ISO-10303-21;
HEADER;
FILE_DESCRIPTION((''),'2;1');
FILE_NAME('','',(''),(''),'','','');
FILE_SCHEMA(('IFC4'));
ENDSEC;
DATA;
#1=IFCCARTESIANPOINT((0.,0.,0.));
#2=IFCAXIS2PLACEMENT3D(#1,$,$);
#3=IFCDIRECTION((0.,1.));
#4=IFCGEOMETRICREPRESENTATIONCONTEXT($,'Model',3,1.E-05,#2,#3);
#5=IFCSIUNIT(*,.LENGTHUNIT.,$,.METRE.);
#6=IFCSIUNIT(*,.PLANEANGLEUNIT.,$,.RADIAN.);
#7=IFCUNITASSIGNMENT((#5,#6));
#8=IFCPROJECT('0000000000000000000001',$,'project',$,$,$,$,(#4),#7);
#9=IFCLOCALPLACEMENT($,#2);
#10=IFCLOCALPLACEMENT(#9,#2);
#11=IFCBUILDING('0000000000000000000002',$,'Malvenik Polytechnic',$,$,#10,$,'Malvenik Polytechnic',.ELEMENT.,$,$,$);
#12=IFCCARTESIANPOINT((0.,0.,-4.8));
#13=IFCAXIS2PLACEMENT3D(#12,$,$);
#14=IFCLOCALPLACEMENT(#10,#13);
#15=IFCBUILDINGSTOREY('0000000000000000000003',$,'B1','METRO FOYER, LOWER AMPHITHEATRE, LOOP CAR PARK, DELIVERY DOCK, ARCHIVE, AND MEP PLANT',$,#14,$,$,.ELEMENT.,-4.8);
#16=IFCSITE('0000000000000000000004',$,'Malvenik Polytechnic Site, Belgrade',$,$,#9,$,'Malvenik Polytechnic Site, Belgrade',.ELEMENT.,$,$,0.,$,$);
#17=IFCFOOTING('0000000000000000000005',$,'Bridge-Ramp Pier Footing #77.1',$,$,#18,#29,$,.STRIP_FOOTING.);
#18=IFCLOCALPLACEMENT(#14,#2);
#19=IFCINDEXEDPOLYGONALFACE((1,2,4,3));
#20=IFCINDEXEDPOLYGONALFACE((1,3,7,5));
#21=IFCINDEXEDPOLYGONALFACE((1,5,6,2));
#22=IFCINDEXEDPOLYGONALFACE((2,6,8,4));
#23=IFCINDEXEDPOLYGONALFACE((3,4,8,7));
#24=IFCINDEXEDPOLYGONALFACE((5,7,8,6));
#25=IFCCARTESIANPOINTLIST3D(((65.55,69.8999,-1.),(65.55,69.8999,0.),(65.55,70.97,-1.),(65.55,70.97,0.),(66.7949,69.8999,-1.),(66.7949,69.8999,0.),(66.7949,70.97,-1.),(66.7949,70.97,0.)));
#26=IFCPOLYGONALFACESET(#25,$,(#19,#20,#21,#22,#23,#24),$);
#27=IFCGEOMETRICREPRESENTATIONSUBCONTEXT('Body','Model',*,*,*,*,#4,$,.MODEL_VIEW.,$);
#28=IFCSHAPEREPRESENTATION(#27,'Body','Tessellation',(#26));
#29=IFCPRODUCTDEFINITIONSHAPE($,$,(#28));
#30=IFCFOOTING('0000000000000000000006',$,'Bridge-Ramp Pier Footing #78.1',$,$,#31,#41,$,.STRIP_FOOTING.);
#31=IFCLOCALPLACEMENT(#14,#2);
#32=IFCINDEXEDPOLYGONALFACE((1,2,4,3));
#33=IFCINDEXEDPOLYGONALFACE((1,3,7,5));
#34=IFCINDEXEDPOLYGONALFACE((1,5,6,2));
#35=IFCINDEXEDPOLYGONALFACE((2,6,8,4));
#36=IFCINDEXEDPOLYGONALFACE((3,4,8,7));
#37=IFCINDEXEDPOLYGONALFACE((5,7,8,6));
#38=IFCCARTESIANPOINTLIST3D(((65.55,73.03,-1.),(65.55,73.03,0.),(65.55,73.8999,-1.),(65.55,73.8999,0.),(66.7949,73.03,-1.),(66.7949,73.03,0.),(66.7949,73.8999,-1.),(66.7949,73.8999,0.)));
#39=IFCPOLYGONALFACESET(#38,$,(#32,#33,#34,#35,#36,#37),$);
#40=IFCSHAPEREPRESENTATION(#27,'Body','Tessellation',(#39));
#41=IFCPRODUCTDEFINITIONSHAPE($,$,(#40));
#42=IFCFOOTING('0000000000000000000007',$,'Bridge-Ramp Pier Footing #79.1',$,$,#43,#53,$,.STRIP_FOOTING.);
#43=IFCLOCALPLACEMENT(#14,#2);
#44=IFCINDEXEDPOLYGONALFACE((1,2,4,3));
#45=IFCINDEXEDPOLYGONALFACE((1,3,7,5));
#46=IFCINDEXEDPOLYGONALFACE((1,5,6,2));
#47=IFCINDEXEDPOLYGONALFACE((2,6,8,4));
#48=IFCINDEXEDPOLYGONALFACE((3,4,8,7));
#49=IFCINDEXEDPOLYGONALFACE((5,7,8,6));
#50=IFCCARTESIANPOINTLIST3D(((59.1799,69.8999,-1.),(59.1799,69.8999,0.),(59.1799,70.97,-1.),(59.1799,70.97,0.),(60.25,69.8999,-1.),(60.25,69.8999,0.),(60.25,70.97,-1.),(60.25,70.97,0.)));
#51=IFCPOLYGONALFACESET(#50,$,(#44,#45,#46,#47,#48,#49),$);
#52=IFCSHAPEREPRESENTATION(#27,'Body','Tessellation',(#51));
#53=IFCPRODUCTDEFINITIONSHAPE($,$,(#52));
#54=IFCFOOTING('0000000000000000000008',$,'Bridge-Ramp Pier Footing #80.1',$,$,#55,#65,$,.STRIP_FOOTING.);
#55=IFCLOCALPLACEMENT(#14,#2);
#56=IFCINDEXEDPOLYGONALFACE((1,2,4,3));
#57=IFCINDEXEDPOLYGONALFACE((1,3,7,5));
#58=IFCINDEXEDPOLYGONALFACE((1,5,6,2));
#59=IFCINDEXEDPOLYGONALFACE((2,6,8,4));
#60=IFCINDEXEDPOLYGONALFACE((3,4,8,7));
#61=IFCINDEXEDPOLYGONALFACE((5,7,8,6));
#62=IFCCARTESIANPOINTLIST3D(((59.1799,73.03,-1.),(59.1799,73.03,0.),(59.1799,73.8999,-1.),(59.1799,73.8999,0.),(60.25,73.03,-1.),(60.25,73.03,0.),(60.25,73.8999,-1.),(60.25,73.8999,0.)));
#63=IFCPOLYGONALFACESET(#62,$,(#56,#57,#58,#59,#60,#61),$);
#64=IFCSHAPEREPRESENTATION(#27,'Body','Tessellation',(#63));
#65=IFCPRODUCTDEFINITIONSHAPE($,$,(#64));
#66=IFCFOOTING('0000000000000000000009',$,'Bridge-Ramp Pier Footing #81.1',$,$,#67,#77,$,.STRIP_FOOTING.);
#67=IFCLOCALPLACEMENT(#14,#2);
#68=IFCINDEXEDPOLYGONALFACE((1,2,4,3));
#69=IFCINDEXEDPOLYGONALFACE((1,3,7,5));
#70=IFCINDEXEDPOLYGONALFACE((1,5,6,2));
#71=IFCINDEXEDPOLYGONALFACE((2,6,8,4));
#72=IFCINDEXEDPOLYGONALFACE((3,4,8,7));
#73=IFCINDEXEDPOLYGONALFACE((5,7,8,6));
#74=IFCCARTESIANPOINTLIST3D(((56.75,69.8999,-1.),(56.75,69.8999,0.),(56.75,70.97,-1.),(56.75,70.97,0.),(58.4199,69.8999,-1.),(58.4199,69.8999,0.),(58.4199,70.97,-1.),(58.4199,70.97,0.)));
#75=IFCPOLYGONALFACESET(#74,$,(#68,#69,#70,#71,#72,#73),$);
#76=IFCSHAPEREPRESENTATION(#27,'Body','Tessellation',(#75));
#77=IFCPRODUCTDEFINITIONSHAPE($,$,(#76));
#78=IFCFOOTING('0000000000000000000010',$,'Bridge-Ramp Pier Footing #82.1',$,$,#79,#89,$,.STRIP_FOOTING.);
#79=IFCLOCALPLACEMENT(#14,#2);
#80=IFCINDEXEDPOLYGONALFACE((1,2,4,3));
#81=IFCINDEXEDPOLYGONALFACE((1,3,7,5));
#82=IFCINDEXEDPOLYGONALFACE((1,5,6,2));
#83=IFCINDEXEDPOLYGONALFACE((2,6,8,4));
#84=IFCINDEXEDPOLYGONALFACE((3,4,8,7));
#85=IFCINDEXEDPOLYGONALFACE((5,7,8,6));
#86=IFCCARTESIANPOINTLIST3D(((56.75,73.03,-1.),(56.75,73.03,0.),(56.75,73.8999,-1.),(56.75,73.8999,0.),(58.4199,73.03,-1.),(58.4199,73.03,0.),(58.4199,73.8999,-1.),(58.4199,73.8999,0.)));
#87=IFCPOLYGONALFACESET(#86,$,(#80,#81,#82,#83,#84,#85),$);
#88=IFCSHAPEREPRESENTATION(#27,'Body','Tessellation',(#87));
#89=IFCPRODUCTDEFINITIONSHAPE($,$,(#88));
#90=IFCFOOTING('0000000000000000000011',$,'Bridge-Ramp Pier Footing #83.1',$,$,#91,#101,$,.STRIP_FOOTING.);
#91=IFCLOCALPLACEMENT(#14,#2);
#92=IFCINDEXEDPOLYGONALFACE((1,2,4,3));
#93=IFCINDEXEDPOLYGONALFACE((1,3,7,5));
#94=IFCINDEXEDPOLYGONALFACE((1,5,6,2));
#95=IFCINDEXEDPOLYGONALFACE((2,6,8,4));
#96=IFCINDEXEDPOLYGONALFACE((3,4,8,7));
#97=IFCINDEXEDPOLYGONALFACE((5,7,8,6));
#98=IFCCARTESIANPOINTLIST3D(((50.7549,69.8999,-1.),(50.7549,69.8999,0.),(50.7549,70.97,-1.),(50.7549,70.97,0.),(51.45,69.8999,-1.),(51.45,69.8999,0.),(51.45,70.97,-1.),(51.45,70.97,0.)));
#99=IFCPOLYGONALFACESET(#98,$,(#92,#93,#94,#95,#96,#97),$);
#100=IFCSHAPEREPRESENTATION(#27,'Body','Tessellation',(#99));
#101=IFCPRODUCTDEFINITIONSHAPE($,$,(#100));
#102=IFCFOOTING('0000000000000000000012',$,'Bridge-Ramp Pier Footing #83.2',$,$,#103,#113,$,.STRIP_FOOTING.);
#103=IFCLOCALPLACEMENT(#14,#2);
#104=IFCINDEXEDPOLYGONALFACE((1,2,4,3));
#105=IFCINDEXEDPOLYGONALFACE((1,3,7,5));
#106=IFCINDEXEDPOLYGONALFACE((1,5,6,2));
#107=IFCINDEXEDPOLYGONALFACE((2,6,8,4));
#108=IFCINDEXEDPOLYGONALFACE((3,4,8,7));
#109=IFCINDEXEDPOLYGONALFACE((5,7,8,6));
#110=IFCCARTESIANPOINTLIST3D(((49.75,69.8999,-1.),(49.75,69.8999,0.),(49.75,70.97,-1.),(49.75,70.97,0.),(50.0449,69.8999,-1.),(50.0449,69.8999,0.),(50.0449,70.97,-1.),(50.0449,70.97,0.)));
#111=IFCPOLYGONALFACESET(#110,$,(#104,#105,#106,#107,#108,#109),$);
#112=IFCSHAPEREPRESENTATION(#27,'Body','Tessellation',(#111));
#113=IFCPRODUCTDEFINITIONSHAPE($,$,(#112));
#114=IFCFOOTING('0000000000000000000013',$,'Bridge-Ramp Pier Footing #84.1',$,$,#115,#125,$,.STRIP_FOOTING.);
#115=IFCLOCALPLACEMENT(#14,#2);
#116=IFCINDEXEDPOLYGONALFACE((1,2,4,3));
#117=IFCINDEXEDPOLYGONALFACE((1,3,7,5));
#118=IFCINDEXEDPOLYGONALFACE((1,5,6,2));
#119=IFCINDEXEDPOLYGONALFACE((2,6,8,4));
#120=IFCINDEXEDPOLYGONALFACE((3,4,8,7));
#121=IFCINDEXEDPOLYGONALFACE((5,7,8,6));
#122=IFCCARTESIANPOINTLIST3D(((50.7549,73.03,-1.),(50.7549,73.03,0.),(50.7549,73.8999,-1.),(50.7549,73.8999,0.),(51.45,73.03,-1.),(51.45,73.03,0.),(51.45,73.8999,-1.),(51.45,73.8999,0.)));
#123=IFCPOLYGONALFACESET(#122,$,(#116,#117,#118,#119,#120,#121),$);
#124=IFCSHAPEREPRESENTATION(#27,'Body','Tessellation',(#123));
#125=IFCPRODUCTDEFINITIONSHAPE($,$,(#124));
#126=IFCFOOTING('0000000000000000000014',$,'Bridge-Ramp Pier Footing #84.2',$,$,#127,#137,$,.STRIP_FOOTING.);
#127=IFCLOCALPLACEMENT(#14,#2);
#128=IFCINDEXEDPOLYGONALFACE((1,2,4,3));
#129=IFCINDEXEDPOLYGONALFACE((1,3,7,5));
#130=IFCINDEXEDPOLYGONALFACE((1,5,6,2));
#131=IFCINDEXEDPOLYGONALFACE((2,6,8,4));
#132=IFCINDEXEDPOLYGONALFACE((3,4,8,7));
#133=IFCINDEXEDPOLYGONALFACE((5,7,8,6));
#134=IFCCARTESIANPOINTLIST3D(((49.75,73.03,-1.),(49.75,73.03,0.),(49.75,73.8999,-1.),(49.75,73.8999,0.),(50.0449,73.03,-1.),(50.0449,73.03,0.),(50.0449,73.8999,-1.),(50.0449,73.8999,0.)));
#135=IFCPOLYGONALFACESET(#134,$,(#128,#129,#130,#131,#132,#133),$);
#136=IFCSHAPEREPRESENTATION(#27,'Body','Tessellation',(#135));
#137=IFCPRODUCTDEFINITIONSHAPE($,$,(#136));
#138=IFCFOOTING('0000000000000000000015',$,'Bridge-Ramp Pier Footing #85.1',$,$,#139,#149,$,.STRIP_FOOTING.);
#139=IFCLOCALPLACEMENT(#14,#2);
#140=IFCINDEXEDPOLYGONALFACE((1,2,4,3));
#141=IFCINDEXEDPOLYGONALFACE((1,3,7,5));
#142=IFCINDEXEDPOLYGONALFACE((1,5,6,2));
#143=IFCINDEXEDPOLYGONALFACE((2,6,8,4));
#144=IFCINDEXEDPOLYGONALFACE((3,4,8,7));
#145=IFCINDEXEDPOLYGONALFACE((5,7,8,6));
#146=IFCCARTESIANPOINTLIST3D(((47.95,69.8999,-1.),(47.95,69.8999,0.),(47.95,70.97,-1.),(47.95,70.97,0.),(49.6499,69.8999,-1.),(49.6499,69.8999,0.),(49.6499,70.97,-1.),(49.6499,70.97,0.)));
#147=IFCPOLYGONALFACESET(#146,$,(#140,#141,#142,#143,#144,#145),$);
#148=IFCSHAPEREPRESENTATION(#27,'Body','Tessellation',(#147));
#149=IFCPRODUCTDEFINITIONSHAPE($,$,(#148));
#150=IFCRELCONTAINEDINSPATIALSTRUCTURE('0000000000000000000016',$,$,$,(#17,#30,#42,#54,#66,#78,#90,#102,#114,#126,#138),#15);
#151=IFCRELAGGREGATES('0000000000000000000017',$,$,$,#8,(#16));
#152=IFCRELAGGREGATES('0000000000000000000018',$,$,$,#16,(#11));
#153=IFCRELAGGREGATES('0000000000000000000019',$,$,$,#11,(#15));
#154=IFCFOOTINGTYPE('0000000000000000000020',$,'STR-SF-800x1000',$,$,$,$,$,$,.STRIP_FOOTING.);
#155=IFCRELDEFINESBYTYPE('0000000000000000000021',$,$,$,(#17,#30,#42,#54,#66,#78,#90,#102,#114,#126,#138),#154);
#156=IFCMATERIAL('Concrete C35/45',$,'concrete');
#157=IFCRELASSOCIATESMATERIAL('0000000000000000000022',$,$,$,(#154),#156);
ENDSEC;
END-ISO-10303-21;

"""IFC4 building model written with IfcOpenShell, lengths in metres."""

from ifc_helpers import new_model, si_unit, direction, frame, origin, place, context, subcontext, project, spatial, polyline, outline, extrude, material, type_object, element, save


model = new_model("IFC4")

# Units and contexts
model_context = context("Model", 3, precision=1e-05, world=origin(), true_north=direction((0.0, 1.0)))
body_context = subcontext(model_context, "Body", "Model", "MODEL_VIEW")
ifc_project = project(units=[si_unit("LENGTHUNIT", "METRE"), si_unit("PLANEANGLEUNIT", "RADIAN")], contexts=[model_context])

# Site, building, storey
site_placement = place(None, origin())
site = spatial("IfcSite", under=ifc_project, at=site_placement, Name="Malvenik Polytechnic Site, Belgrade", LongName="Malvenik Polytechnic Site, Belgrade", CompositionType="ELEMENT", RefElevation=0.0)
building_placement = place(site_placement, origin())
building = spatial("IfcBuilding", under=site, at=building_placement, Name="Malvenik Polytechnic", LongName="Malvenik Polytechnic", CompositionType="ELEMENT")
storey_placement = place(building_placement, frame((0.0, 0.0, -4.8)))
storey = spatial("IfcBuildingStorey", under=building, at=storey_placement, Name="B1", Description="METRO FOYER, LOWER AMPHITHEATRE, LOOP CAR PARK, DELIVERY DOCK, ARCHIVE, AND MEP PLANT", CompositionType="ELEMENT", Elevation=-4.8)

# Footings
ifc_material = material(Name="Concrete C35/45", Category="concrete")
footing_type = type_object("IfcFootingType", Name="STR-SF-800x1000", PredefinedType="STRIP_FOOTING", material=ifc_material)
footing_1_placement = place(storey_placement, frame((0.0, 0.0, -1.0)))
element("IfcFooting", 1, at=footing_1_placement, inside=storey, type_object=footing_type, Name="Bridge-Ramp Pier Footing #77.1", PredefinedType="STRIP_FOOTING", context=body_context, shape_type="SweptSolid", body=[
    extrude(outline(polyline([(65.55, 69.8999), (65.55, 70.97), (66.7949, 70.97), (66.7949, 69.8999), (65.55, 69.8999)])), origin(), (0.0, 0.0, 1.0), 1.0),
])
footing_2_placement = place(storey_placement, frame((0.0, 0.0, -1.0)))
element("IfcFooting", 2, at=footing_2_placement, inside=storey, type_object=footing_type, Name="Bridge-Ramp Pier Footing #78.1", PredefinedType="STRIP_FOOTING", context=body_context, shape_type="SweptSolid", body=[
    extrude(outline(polyline([(65.55, 73.8999), (66.7949, 73.8999), (66.7949, 73.03), (65.55, 73.03), (65.55, 73.8999)])), origin(), (0.0, 0.0, 1.0), 1.0),
])
footing_3_placement = place(storey_placement, frame((0.0, 0.0, -1.0)))
element("IfcFooting", 3, at=footing_3_placement, inside=storey, type_object=footing_type, Name="Bridge-Ramp Pier Footing #79.1", PredefinedType="STRIP_FOOTING", context=body_context, shape_type="SweptSolid", body=[
    extrude(outline(polyline([(60.25, 69.8999), (59.1799, 69.8999), (59.1799, 70.97), (60.25, 70.97), (60.25, 69.8999)])), origin(), (0.0, 0.0, 1.0), 1.0),
])
footing_4_placement = place(storey_placement, frame((0.0, 0.0, -1.0)))
element("IfcFooting", 4, at=footing_4_placement, inside=storey, type_object=footing_type, Name="Bridge-Ramp Pier Footing #80.1", PredefinedType="STRIP_FOOTING", context=body_context, shape_type="SweptSolid", body=[
    extrude(outline(polyline([(60.25, 73.8999), (60.25, 73.03), (59.1799, 73.03), (59.1799, 73.8999), (60.25, 73.8999)])), origin(), (0.0, 0.0, 1.0), 1.0),
])
footing_5_placement = place(storey_placement, frame((0.0, 0.0, -1.0)))
element("IfcFooting", 5, at=footing_5_placement, inside=storey, type_object=footing_type, Name="Bridge-Ramp Pier Footing #81.1", PredefinedType="STRIP_FOOTING", context=body_context, shape_type="SweptSolid", body=[
    extrude(outline(polyline([(56.75, 69.8999), (56.75, 70.97), (58.4199, 70.97), (58.4199, 69.8999), (56.75, 69.8999)])), origin(), (0.0, 0.0, 1.0), 1.0),
])
footing_6_placement = place(storey_placement, frame((0.0, 0.0, -1.0)))
element("IfcFooting", 6, at=footing_6_placement, inside=storey, type_object=footing_type, Name="Bridge-Ramp Pier Footing #82.1", PredefinedType="STRIP_FOOTING", context=body_context, shape_type="SweptSolid", body=[
    extrude(outline(polyline([(56.75, 73.8999), (58.4199, 73.8999), (58.4199, 73.03), (56.75, 73.03), (56.75, 73.8999)])), origin(), (0.0, 0.0, 1.0), 1.0),
])
footing_7_placement = place(storey_placement, frame((0.0, 0.0, -1.0)))
element("IfcFooting", 7, at=footing_7_placement, inside=storey, type_object=footing_type, Name="Bridge-Ramp Pier Footing #83.1", PredefinedType="STRIP_FOOTING", context=body_context, shape_type="SweptSolid", body=[
    extrude(outline(polyline([(51.45, 69.8999), (50.7549, 69.8999), (50.7549, 70.97), (51.45, 70.97), (51.45, 69.8999)])), origin(), (0.0, 0.0, 1.0), 1.0),
])
footing_8_placement = place(storey_placement, frame((0.0, 0.0, -1.0)))
element("IfcFooting", 8, at=footing_8_placement, inside=storey, type_object=footing_type, Name="Bridge-Ramp Pier Footing #83.2", PredefinedType="STRIP_FOOTING", context=body_context, shape_type="SweptSolid", body=[
    extrude(outline(polyline([(49.75, 69.8999), (49.75, 70.97), (50.0449, 70.97), (50.0449, 69.8999), (49.75, 69.8999)])), origin(), (0.0, 0.0, 1.0), 1.0),
])
footing_9_placement = place(storey_placement, frame((0.0, 0.0, -1.0)))
element("IfcFooting", 9, at=footing_9_placement, inside=storey, type_object=footing_type, Name="Bridge-Ramp Pier Footing #84.1", PredefinedType="STRIP_FOOTING", context=body_context, shape_type="SweptSolid", body=[
    extrude(outline(polyline([(51.45, 73.8999), (51.45, 73.03), (50.7549, 73.03), (50.7549, 73.8999), (51.45, 73.8999)])), origin(), (0.0, 0.0, 1.0), 1.0),
])
footing_10_placement = place(storey_placement, frame((0.0, 0.0, -1.0)))
element("IfcFooting", 10, at=footing_10_placement, inside=storey, type_object=footing_type, Name="Bridge-Ramp Pier Footing #84.2", PredefinedType="STRIP_FOOTING", context=body_context, shape_type="SweptSolid", body=[
    extrude(outline(polyline([(49.75, 73.8999), (50.0449, 73.8999), (50.0449, 73.03), (49.75, 73.03), (49.75, 73.8999)])), origin(), (0.0, 0.0, 1.0), 1.0),
])
footing_11_placement = place(storey_placement, frame((0.0, 0.0, -1.0)))
element("IfcFooting", 11, at=footing_11_placement, inside=storey, type_object=footing_type, Name="Bridge-Ramp Pier Footing #85.1", PredefinedType="STRIP_FOOTING", context=body_context, shape_type="SweptSolid", body=[
    extrude(outline(polyline([(49.6499, 69.8999), (47.95, 69.8999), (47.95, 70.97), (49.6499, 70.97), (49.6499, 69.8999)])), origin(), (0.0, 0.0, 1.0), 1.0),
])

save(model, "model.ifc")
